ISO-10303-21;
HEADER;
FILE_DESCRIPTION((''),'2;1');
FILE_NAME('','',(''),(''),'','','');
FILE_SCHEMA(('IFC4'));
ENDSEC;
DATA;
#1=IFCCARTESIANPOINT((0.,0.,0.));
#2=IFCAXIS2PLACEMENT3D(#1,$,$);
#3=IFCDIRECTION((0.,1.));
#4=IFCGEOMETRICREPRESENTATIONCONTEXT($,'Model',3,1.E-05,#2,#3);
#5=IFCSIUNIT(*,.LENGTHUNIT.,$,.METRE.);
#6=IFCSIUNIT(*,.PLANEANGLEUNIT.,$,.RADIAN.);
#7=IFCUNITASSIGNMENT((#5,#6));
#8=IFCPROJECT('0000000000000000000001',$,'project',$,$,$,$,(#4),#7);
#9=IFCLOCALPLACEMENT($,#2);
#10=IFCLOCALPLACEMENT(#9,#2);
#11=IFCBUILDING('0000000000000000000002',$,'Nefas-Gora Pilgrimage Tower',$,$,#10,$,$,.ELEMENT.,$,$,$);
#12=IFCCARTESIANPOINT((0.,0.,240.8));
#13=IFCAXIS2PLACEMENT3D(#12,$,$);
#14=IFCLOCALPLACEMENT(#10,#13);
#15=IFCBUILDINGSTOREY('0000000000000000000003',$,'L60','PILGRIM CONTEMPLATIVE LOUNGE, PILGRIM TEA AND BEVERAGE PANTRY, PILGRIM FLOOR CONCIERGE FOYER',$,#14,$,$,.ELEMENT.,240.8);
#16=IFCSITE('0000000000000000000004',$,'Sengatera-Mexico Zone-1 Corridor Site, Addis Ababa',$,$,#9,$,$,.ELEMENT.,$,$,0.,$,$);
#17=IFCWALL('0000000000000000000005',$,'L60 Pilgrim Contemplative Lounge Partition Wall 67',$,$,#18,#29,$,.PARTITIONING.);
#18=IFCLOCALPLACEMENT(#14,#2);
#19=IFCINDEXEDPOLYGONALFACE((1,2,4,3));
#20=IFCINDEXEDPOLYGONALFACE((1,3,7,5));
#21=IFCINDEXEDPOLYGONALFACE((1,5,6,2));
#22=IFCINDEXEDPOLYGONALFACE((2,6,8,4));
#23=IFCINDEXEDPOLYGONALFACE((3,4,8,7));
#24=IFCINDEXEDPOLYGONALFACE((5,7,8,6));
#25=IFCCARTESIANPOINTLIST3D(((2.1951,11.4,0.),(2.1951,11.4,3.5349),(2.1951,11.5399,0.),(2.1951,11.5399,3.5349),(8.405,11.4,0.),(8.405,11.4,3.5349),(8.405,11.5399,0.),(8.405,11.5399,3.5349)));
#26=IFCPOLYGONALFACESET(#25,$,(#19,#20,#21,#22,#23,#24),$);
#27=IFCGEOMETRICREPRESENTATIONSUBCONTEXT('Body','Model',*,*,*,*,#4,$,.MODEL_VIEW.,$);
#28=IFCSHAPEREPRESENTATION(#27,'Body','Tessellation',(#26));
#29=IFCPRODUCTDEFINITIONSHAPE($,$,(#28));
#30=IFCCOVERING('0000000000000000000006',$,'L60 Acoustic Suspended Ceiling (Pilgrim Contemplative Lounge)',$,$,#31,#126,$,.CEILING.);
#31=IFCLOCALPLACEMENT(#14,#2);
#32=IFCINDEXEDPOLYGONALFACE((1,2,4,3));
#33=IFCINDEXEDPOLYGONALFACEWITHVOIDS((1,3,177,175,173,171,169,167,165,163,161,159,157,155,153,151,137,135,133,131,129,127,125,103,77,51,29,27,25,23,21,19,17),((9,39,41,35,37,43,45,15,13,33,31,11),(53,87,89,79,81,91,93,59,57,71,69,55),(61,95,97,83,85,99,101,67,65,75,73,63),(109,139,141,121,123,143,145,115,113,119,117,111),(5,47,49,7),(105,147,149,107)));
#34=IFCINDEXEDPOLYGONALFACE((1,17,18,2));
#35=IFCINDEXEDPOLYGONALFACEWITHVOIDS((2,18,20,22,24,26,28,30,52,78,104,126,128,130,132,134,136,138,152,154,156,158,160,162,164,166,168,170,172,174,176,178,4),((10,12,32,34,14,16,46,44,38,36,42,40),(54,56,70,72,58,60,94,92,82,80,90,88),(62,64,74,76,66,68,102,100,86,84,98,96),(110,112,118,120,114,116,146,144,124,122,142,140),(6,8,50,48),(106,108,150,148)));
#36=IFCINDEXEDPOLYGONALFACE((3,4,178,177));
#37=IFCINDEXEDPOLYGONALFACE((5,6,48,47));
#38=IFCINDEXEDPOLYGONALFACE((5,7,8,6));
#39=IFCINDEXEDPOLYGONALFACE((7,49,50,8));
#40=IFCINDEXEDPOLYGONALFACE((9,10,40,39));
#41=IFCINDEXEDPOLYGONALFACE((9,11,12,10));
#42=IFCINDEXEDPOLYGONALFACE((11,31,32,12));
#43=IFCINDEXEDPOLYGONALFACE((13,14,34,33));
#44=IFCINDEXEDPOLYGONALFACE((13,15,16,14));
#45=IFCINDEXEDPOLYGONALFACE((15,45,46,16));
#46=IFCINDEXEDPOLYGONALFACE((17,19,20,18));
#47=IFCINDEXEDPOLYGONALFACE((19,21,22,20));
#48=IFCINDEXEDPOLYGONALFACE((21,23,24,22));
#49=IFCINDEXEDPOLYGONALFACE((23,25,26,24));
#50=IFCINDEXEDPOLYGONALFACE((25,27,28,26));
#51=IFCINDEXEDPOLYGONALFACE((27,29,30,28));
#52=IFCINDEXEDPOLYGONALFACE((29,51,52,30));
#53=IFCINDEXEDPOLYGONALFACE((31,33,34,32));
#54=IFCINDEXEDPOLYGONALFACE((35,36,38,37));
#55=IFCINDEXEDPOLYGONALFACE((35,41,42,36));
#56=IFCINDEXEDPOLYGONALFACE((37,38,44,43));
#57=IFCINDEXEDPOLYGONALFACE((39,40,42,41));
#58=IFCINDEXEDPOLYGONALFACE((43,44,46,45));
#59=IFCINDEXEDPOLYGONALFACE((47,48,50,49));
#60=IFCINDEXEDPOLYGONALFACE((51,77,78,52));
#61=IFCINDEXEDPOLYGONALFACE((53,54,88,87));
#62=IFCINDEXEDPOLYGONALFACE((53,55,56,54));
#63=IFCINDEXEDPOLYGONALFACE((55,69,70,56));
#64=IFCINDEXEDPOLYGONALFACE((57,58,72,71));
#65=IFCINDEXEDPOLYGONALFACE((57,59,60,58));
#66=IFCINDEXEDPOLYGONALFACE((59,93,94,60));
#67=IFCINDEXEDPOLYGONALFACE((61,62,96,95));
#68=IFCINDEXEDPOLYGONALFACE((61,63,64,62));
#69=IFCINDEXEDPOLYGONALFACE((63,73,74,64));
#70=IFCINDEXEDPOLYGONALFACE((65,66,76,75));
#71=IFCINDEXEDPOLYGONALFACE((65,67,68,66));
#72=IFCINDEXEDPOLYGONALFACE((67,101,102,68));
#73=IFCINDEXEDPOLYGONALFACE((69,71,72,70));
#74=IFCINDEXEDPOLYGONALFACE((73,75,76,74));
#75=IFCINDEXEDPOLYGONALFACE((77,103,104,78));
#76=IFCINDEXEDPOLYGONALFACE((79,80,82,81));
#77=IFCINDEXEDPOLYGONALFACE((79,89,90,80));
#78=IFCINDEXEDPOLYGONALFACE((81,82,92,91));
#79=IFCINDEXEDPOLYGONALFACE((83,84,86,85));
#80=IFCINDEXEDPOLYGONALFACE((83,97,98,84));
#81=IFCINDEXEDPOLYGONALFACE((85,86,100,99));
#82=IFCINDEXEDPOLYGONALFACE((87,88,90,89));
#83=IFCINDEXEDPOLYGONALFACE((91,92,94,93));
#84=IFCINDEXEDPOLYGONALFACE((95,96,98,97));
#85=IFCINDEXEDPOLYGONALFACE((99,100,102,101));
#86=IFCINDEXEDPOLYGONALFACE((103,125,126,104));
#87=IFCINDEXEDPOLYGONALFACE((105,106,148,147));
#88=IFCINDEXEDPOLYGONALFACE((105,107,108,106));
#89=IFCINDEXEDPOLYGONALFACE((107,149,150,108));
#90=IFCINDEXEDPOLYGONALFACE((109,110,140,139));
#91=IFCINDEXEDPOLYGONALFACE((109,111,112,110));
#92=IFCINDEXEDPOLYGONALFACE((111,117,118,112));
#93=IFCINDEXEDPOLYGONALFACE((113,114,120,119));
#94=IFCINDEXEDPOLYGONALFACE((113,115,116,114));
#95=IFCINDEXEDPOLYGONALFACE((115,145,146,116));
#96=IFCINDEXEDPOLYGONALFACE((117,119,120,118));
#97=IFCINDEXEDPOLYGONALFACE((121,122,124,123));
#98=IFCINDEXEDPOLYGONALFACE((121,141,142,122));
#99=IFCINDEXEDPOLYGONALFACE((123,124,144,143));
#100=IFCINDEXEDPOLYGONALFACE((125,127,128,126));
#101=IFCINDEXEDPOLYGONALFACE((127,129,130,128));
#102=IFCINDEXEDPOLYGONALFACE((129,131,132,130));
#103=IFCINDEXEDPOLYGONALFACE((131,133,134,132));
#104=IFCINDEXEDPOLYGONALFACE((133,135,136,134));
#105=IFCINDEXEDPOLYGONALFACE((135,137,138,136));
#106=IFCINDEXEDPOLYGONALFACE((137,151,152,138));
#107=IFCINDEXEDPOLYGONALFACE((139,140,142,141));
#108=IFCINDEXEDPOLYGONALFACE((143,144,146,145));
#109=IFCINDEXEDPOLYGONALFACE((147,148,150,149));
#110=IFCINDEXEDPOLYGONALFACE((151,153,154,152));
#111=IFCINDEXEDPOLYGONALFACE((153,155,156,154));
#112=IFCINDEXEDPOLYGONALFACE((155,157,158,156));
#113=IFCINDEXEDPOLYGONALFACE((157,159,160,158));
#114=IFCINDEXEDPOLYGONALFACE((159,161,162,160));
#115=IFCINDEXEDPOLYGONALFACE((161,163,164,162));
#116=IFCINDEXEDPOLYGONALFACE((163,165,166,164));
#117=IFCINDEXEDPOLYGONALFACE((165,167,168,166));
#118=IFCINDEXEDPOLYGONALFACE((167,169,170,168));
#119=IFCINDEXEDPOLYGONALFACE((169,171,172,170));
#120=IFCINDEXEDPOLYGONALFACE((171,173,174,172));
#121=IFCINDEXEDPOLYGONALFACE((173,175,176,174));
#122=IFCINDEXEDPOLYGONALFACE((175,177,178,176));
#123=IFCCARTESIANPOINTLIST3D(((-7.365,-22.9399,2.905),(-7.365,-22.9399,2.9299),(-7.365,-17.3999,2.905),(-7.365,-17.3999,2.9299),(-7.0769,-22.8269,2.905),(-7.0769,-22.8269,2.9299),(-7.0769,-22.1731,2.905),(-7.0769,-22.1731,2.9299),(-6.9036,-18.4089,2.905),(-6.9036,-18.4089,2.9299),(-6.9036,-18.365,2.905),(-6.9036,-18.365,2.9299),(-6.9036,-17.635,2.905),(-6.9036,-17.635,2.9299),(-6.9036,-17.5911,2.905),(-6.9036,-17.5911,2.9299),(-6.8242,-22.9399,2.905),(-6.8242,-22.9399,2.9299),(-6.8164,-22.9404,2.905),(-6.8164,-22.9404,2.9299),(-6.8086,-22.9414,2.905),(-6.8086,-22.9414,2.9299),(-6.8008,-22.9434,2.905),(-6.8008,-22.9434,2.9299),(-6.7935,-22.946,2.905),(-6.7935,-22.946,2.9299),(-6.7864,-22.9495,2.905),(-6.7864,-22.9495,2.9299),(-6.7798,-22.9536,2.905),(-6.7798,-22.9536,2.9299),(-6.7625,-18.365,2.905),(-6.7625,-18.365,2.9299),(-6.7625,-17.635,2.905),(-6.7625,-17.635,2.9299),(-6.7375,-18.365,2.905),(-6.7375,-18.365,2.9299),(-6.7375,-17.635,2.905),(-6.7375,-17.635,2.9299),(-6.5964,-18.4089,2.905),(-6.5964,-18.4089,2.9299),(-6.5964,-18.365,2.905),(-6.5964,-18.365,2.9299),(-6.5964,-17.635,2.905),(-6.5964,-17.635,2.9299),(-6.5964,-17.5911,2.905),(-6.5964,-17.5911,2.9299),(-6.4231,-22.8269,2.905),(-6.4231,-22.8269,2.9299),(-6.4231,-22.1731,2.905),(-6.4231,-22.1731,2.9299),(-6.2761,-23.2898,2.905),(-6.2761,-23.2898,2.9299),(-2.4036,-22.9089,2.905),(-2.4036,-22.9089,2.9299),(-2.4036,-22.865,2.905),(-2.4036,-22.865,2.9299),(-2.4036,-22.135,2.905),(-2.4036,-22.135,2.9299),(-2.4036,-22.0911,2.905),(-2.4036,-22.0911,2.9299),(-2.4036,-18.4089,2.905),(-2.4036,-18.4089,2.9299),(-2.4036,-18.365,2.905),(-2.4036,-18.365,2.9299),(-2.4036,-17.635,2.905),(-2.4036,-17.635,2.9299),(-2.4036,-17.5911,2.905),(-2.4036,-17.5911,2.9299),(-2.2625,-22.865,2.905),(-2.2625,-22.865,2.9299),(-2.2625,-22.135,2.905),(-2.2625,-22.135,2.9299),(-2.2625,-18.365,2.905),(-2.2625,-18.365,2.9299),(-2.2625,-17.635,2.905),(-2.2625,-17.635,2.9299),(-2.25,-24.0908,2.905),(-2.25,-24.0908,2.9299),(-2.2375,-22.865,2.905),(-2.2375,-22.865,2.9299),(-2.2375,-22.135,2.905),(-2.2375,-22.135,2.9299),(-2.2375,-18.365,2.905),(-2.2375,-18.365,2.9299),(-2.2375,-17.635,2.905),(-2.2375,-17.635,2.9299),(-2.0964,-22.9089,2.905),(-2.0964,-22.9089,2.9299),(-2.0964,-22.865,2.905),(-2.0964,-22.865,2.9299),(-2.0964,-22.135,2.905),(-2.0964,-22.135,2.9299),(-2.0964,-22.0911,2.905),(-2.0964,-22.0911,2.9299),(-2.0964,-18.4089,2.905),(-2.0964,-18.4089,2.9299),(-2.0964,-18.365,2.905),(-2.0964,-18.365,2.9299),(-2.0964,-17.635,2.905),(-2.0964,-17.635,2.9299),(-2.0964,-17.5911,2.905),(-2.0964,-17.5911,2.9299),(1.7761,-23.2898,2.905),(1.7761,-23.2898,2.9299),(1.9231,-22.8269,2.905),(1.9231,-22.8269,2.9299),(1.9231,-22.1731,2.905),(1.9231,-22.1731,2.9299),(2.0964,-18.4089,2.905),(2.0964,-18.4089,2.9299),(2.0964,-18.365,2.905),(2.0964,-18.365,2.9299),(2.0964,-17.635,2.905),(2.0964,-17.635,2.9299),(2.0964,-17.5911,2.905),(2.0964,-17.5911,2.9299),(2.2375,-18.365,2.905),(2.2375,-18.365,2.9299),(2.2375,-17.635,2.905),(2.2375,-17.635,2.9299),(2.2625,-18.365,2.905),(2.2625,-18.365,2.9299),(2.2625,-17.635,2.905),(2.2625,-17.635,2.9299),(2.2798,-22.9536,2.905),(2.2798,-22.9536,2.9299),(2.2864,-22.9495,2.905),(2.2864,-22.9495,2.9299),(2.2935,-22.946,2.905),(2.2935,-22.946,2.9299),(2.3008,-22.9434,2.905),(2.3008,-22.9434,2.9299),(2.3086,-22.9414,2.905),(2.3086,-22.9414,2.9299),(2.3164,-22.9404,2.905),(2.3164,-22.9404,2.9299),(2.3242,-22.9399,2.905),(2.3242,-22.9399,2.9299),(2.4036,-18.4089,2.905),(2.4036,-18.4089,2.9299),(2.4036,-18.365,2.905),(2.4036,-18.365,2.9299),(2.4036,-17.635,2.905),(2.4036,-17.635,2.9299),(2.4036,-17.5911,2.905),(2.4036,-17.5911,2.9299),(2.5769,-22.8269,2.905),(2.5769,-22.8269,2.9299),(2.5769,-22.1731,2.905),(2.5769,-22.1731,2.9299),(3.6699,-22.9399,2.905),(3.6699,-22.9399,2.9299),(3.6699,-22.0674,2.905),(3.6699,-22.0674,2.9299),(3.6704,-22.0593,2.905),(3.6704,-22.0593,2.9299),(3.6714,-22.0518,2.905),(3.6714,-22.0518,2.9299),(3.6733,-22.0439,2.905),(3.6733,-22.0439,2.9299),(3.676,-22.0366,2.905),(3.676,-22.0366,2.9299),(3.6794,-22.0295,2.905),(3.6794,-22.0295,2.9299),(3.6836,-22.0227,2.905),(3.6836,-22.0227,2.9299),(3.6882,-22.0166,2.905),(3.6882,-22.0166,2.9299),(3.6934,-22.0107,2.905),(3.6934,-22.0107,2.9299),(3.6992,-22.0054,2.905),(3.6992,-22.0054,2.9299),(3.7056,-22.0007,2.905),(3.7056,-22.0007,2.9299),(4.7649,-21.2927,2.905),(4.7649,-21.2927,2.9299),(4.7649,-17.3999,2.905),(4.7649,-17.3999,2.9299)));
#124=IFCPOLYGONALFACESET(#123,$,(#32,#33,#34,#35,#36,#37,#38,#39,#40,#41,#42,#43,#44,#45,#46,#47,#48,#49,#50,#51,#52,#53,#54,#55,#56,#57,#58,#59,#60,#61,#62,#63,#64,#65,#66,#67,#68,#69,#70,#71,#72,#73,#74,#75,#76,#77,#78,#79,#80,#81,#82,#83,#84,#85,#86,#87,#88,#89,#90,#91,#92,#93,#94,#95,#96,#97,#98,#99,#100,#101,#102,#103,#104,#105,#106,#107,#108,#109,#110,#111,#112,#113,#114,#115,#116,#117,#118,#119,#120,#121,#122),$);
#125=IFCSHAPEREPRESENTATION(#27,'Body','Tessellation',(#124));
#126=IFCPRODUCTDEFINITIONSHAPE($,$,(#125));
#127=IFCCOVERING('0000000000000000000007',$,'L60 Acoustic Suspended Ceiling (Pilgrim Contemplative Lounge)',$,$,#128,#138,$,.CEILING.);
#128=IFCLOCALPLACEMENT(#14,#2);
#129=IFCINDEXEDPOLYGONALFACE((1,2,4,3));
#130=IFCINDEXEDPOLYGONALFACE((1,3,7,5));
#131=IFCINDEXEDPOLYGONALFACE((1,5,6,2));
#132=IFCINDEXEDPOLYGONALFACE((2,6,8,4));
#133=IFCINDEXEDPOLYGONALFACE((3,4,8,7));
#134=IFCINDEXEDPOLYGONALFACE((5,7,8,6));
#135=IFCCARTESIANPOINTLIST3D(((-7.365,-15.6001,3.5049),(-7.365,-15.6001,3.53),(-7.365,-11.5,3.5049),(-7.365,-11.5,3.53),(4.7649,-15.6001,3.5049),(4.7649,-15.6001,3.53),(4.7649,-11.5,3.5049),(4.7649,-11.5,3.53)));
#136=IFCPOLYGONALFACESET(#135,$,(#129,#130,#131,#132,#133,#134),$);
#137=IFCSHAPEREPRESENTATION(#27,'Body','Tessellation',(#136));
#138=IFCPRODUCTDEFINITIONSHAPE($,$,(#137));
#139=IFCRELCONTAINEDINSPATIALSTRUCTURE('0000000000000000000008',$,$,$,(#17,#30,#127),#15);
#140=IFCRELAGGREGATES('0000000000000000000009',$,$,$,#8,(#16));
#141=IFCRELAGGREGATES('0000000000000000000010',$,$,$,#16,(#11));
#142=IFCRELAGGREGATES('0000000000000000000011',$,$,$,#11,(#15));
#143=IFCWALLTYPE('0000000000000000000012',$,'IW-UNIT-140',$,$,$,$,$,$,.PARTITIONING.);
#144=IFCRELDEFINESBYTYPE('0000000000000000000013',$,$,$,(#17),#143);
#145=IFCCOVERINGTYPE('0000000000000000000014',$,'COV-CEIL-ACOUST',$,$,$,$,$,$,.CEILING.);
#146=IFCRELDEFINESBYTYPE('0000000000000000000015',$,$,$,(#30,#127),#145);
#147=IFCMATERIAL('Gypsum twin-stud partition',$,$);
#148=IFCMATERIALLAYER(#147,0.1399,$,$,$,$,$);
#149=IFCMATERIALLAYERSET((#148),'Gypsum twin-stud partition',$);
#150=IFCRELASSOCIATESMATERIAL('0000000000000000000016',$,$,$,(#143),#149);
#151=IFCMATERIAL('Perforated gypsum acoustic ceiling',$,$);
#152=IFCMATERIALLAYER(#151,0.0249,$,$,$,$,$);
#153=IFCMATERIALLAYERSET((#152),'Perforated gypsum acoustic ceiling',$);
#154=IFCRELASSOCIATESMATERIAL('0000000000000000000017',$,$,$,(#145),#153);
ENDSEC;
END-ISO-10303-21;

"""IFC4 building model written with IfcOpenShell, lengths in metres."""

from ifc_helpers import new_model, si_unit, direction, frame, frame_2d, origin, place, context, subcontext, project, spatial, polyline, rectangle, outline, extrude, source, transform, mapped, material, layer, layer_set, type_object, element, save


model = new_model("IFC4")

# Units and contexts
model_context = context("Model", 3, precision=1e-05, world=origin(), true_north=direction((0.0, 1.0)))
body_context = subcontext(model_context, "Body", "Model", "MODEL_VIEW")
ifc_project = project(units=[si_unit("LENGTHUNIT", "METRE"), si_unit("PLANEANGLEUNIT", "RADIAN")], contexts=[model_context])

# Site, building, storey
site_placement = place(None, origin())
site = spatial("IfcSite", under=ifc_project, at=site_placement, Name="Sengatera-Mexico Zone-1 Corridor Site, Addis Ababa", CompositionType="ELEMENT", RefElevation=0.0)
building_placement = place(site_placement, origin())
building = spatial("IfcBuilding", under=site, at=building_placement, Name="Nefas-Gora Pilgrimage Tower", CompositionType="ELEMENT")
storey_placement = place(building_placement, frame((0.0, 0.0, 240.8)))
storey = spatial("IfcBuildingStorey", under=building, at=storey_placement, Name="L60", Description="PILGRIM CONTEMPLATIVE LOUNGE, PILGRIM TEA AND BEVERAGE PANTRY, PILGRIM FLOOR CONCIERGE FOYER", CompositionType="ELEMENT", Elevation=240.8)

# Shared definitions
ifc_material_1 = material(Name="Gypsum twin-stud partition")
ifc_layer_1 = layer(ifc_material_1, 0.1399)
ifc_layer_set_1 = layer_set([ifc_layer_1], Name="Gypsum twin-stud partition")
wall_type_1 = type_object("IfcWallType", Name="IW-UNIT-140", PredefinedType="PARTITIONING", material=ifc_layer_set_1)

# Wall
shared_shape_1 = source(origin(), body_context, "Body", "SweptSolid", [
    extrude(rectangle(XDim=6.21, YDim=0.1399, at=frame_2d((3.105, 0.0))), origin(), (0.0, 0.0, 1.0), 3.5349),
])
wall_1_placement = place(storey_placement, frame((2.1951, 11.47, 0.0), z_axis=(0.0, 0.0, 1.0), x_axis=(1.0, 0.0, 0.0)))
element("IfcWall", 1, at=wall_1_placement, inside=storey, type_object=wall_type_1, Name="L60 Pilgrim Contemplative Lounge Partition Wall 67", PredefinedType="PARTITIONING", context=body_context, shape_type="MappedRepresentation", body=[
    mapped(shared_shape_1, transform((0.0, 0.0, 0.0), x_axis=(1.0, 0.0, 0.0), y_axis=(0.0, 1.0, 0.0), z_axis=(0.0, 0.0, 1.0), scale=1.0)),
])

# Coverings
ifc_material_2 = material(Name="Perforated gypsum acoustic ceiling")
ifc_layer_2 = layer(ifc_material_2, 0.0249)
ifc_layer_set_2 = layer_set([ifc_layer_2], Name="Perforated gypsum acoustic ceiling")
covering_type = type_object("IfcCoveringType", Name="COV-CEIL-ACOUST", PredefinedType="CEILING", material=ifc_layer_set_2)
covering_1_placement = place(storey_placement, frame((0.0, 0.0, 2.905)))
element("IfcCovering", 2, at=covering_1_placement, inside=storey, type_object=covering_type, Name="L60 Acoustic Suspended Ceiling (Pilgrim Contemplative Lounge)", PredefinedType="CEILING", context=body_context, shape_type="SweptSolid", body=[
    extrude(outline(polyline([(3.6836, -22.0227), (3.6882, -22.0166), (3.6934, -22.0107), (3.6992, -22.0054), (3.7056, -22.0007), (4.7649, -21.2927), (4.7649, -17.3999), (-7.365, -17.3999), (-7.365, -22.9399), (-6.8242, -22.9399), (-6.8164, -22.9404), (-6.8086, -22.9414), (-6.8008, -22.9434), (-6.7935, -22.946), (-6.7864, -22.9495), (-6.7798, -22.9536), (-6.2761, -23.2898), (-2.25, -24.0908), (1.7761, -23.2898), (2.2798, -22.9536), (2.2864, -22.9495), (2.2935, -22.946), (2.3008, -22.9434), (2.3086, -22.9414), (2.3164, -22.9404), (2.3242, -22.9399), (3.6699, -22.9399), (3.6699, -22.0674), (3.6704, -22.0593), (3.6714, -22.0518), (3.6733, -22.0439), (3.676, -22.0366), (3.6794, -22.0295), (3.6836, -22.0227)]), holes=[polyline([(2.5769, -22.1731), (2.5769, -22.8269), (1.9231, -22.8269), (1.9231, -22.1731), (2.5769, -22.1731)]), polyline([(2.4036, -17.5911), (2.4036, -17.635), (2.2625, -17.635), (2.2625, -18.365), (2.4036, -18.365), (2.4036, -18.4089), (2.0964, -18.4089), (2.0964, -18.365), (2.2375, -18.365), (2.2375, -17.635), (2.0964, -17.635), (2.0964, -17.5911), (2.4036, -17.5911)]), polyline([(-2.0964, -22.0911), (-2.0964, -22.135), (-2.2375, -22.135), (-2.2375, -22.865), (-2.0964, -22.865), (-2.0964, -22.9089), (-2.4036, -22.9089), (-2.4036, -22.865), (-2.2625, -22.865), (-2.2625, -22.135), (-2.4036, -22.135), (-2.4036, -22.0911), (-2.0964, -22.0911)]), polyline([(-2.0964, -17.5911), (-2.0964, -17.635), (-2.2375, -17.635), (-2.2375, -18.365), (-2.0964, -18.365), (-2.0964, -18.4089), (-2.4036, -18.4089), (-2.4036, -18.365), (-2.2625, -18.365), (-2.2625, -17.635), (-2.4036, -17.635), (-2.4036, -17.5911), (-2.0964, -17.5911)]), polyline([(-6.4231, -22.1731), (-6.4231, -22.8269), (-7.0769, -22.8269), (-7.0769, -22.1731), (-6.4231, -22.1731)]), polyline([(-6.5964, -17.5911), (-6.5964, -17.635), (-6.7375, -17.635), (-6.7375, -18.365), (-6.5964, -18.365), (-6.5964, -18.4089), (-6.9036, -18.4089), (-6.9036, -18.365), (-6.7625, -18.365), (-6.7625, -17.635), (-6.9036, -17.635), (-6.9036, -17.5911), (-6.5964, -17.5911)])]), origin(), (0.0, 0.0, 1.0), 0.0249),
])
covering_2_placement = place(storey_placement, frame((0.0, 0.0, 3.5049)))
element("IfcCovering", 3, at=covering_2_placement, inside=storey, type_object=covering_type, Name="L60 Acoustic Suspended Ceiling (Pilgrim Contemplative Lounge)", PredefinedType="CEILING", context=body_context, shape_type="SweptSolid", body=[
    extrude(outline(polyline([(4.7649, -11.5), (-7.365, -11.5), (-7.365, -15.6001), (4.7649, -15.6001), (4.7649, -11.5)])), origin(), (0.0, 0.0, 1.0), 0.0251),
])

save(model, "model.ifc")
